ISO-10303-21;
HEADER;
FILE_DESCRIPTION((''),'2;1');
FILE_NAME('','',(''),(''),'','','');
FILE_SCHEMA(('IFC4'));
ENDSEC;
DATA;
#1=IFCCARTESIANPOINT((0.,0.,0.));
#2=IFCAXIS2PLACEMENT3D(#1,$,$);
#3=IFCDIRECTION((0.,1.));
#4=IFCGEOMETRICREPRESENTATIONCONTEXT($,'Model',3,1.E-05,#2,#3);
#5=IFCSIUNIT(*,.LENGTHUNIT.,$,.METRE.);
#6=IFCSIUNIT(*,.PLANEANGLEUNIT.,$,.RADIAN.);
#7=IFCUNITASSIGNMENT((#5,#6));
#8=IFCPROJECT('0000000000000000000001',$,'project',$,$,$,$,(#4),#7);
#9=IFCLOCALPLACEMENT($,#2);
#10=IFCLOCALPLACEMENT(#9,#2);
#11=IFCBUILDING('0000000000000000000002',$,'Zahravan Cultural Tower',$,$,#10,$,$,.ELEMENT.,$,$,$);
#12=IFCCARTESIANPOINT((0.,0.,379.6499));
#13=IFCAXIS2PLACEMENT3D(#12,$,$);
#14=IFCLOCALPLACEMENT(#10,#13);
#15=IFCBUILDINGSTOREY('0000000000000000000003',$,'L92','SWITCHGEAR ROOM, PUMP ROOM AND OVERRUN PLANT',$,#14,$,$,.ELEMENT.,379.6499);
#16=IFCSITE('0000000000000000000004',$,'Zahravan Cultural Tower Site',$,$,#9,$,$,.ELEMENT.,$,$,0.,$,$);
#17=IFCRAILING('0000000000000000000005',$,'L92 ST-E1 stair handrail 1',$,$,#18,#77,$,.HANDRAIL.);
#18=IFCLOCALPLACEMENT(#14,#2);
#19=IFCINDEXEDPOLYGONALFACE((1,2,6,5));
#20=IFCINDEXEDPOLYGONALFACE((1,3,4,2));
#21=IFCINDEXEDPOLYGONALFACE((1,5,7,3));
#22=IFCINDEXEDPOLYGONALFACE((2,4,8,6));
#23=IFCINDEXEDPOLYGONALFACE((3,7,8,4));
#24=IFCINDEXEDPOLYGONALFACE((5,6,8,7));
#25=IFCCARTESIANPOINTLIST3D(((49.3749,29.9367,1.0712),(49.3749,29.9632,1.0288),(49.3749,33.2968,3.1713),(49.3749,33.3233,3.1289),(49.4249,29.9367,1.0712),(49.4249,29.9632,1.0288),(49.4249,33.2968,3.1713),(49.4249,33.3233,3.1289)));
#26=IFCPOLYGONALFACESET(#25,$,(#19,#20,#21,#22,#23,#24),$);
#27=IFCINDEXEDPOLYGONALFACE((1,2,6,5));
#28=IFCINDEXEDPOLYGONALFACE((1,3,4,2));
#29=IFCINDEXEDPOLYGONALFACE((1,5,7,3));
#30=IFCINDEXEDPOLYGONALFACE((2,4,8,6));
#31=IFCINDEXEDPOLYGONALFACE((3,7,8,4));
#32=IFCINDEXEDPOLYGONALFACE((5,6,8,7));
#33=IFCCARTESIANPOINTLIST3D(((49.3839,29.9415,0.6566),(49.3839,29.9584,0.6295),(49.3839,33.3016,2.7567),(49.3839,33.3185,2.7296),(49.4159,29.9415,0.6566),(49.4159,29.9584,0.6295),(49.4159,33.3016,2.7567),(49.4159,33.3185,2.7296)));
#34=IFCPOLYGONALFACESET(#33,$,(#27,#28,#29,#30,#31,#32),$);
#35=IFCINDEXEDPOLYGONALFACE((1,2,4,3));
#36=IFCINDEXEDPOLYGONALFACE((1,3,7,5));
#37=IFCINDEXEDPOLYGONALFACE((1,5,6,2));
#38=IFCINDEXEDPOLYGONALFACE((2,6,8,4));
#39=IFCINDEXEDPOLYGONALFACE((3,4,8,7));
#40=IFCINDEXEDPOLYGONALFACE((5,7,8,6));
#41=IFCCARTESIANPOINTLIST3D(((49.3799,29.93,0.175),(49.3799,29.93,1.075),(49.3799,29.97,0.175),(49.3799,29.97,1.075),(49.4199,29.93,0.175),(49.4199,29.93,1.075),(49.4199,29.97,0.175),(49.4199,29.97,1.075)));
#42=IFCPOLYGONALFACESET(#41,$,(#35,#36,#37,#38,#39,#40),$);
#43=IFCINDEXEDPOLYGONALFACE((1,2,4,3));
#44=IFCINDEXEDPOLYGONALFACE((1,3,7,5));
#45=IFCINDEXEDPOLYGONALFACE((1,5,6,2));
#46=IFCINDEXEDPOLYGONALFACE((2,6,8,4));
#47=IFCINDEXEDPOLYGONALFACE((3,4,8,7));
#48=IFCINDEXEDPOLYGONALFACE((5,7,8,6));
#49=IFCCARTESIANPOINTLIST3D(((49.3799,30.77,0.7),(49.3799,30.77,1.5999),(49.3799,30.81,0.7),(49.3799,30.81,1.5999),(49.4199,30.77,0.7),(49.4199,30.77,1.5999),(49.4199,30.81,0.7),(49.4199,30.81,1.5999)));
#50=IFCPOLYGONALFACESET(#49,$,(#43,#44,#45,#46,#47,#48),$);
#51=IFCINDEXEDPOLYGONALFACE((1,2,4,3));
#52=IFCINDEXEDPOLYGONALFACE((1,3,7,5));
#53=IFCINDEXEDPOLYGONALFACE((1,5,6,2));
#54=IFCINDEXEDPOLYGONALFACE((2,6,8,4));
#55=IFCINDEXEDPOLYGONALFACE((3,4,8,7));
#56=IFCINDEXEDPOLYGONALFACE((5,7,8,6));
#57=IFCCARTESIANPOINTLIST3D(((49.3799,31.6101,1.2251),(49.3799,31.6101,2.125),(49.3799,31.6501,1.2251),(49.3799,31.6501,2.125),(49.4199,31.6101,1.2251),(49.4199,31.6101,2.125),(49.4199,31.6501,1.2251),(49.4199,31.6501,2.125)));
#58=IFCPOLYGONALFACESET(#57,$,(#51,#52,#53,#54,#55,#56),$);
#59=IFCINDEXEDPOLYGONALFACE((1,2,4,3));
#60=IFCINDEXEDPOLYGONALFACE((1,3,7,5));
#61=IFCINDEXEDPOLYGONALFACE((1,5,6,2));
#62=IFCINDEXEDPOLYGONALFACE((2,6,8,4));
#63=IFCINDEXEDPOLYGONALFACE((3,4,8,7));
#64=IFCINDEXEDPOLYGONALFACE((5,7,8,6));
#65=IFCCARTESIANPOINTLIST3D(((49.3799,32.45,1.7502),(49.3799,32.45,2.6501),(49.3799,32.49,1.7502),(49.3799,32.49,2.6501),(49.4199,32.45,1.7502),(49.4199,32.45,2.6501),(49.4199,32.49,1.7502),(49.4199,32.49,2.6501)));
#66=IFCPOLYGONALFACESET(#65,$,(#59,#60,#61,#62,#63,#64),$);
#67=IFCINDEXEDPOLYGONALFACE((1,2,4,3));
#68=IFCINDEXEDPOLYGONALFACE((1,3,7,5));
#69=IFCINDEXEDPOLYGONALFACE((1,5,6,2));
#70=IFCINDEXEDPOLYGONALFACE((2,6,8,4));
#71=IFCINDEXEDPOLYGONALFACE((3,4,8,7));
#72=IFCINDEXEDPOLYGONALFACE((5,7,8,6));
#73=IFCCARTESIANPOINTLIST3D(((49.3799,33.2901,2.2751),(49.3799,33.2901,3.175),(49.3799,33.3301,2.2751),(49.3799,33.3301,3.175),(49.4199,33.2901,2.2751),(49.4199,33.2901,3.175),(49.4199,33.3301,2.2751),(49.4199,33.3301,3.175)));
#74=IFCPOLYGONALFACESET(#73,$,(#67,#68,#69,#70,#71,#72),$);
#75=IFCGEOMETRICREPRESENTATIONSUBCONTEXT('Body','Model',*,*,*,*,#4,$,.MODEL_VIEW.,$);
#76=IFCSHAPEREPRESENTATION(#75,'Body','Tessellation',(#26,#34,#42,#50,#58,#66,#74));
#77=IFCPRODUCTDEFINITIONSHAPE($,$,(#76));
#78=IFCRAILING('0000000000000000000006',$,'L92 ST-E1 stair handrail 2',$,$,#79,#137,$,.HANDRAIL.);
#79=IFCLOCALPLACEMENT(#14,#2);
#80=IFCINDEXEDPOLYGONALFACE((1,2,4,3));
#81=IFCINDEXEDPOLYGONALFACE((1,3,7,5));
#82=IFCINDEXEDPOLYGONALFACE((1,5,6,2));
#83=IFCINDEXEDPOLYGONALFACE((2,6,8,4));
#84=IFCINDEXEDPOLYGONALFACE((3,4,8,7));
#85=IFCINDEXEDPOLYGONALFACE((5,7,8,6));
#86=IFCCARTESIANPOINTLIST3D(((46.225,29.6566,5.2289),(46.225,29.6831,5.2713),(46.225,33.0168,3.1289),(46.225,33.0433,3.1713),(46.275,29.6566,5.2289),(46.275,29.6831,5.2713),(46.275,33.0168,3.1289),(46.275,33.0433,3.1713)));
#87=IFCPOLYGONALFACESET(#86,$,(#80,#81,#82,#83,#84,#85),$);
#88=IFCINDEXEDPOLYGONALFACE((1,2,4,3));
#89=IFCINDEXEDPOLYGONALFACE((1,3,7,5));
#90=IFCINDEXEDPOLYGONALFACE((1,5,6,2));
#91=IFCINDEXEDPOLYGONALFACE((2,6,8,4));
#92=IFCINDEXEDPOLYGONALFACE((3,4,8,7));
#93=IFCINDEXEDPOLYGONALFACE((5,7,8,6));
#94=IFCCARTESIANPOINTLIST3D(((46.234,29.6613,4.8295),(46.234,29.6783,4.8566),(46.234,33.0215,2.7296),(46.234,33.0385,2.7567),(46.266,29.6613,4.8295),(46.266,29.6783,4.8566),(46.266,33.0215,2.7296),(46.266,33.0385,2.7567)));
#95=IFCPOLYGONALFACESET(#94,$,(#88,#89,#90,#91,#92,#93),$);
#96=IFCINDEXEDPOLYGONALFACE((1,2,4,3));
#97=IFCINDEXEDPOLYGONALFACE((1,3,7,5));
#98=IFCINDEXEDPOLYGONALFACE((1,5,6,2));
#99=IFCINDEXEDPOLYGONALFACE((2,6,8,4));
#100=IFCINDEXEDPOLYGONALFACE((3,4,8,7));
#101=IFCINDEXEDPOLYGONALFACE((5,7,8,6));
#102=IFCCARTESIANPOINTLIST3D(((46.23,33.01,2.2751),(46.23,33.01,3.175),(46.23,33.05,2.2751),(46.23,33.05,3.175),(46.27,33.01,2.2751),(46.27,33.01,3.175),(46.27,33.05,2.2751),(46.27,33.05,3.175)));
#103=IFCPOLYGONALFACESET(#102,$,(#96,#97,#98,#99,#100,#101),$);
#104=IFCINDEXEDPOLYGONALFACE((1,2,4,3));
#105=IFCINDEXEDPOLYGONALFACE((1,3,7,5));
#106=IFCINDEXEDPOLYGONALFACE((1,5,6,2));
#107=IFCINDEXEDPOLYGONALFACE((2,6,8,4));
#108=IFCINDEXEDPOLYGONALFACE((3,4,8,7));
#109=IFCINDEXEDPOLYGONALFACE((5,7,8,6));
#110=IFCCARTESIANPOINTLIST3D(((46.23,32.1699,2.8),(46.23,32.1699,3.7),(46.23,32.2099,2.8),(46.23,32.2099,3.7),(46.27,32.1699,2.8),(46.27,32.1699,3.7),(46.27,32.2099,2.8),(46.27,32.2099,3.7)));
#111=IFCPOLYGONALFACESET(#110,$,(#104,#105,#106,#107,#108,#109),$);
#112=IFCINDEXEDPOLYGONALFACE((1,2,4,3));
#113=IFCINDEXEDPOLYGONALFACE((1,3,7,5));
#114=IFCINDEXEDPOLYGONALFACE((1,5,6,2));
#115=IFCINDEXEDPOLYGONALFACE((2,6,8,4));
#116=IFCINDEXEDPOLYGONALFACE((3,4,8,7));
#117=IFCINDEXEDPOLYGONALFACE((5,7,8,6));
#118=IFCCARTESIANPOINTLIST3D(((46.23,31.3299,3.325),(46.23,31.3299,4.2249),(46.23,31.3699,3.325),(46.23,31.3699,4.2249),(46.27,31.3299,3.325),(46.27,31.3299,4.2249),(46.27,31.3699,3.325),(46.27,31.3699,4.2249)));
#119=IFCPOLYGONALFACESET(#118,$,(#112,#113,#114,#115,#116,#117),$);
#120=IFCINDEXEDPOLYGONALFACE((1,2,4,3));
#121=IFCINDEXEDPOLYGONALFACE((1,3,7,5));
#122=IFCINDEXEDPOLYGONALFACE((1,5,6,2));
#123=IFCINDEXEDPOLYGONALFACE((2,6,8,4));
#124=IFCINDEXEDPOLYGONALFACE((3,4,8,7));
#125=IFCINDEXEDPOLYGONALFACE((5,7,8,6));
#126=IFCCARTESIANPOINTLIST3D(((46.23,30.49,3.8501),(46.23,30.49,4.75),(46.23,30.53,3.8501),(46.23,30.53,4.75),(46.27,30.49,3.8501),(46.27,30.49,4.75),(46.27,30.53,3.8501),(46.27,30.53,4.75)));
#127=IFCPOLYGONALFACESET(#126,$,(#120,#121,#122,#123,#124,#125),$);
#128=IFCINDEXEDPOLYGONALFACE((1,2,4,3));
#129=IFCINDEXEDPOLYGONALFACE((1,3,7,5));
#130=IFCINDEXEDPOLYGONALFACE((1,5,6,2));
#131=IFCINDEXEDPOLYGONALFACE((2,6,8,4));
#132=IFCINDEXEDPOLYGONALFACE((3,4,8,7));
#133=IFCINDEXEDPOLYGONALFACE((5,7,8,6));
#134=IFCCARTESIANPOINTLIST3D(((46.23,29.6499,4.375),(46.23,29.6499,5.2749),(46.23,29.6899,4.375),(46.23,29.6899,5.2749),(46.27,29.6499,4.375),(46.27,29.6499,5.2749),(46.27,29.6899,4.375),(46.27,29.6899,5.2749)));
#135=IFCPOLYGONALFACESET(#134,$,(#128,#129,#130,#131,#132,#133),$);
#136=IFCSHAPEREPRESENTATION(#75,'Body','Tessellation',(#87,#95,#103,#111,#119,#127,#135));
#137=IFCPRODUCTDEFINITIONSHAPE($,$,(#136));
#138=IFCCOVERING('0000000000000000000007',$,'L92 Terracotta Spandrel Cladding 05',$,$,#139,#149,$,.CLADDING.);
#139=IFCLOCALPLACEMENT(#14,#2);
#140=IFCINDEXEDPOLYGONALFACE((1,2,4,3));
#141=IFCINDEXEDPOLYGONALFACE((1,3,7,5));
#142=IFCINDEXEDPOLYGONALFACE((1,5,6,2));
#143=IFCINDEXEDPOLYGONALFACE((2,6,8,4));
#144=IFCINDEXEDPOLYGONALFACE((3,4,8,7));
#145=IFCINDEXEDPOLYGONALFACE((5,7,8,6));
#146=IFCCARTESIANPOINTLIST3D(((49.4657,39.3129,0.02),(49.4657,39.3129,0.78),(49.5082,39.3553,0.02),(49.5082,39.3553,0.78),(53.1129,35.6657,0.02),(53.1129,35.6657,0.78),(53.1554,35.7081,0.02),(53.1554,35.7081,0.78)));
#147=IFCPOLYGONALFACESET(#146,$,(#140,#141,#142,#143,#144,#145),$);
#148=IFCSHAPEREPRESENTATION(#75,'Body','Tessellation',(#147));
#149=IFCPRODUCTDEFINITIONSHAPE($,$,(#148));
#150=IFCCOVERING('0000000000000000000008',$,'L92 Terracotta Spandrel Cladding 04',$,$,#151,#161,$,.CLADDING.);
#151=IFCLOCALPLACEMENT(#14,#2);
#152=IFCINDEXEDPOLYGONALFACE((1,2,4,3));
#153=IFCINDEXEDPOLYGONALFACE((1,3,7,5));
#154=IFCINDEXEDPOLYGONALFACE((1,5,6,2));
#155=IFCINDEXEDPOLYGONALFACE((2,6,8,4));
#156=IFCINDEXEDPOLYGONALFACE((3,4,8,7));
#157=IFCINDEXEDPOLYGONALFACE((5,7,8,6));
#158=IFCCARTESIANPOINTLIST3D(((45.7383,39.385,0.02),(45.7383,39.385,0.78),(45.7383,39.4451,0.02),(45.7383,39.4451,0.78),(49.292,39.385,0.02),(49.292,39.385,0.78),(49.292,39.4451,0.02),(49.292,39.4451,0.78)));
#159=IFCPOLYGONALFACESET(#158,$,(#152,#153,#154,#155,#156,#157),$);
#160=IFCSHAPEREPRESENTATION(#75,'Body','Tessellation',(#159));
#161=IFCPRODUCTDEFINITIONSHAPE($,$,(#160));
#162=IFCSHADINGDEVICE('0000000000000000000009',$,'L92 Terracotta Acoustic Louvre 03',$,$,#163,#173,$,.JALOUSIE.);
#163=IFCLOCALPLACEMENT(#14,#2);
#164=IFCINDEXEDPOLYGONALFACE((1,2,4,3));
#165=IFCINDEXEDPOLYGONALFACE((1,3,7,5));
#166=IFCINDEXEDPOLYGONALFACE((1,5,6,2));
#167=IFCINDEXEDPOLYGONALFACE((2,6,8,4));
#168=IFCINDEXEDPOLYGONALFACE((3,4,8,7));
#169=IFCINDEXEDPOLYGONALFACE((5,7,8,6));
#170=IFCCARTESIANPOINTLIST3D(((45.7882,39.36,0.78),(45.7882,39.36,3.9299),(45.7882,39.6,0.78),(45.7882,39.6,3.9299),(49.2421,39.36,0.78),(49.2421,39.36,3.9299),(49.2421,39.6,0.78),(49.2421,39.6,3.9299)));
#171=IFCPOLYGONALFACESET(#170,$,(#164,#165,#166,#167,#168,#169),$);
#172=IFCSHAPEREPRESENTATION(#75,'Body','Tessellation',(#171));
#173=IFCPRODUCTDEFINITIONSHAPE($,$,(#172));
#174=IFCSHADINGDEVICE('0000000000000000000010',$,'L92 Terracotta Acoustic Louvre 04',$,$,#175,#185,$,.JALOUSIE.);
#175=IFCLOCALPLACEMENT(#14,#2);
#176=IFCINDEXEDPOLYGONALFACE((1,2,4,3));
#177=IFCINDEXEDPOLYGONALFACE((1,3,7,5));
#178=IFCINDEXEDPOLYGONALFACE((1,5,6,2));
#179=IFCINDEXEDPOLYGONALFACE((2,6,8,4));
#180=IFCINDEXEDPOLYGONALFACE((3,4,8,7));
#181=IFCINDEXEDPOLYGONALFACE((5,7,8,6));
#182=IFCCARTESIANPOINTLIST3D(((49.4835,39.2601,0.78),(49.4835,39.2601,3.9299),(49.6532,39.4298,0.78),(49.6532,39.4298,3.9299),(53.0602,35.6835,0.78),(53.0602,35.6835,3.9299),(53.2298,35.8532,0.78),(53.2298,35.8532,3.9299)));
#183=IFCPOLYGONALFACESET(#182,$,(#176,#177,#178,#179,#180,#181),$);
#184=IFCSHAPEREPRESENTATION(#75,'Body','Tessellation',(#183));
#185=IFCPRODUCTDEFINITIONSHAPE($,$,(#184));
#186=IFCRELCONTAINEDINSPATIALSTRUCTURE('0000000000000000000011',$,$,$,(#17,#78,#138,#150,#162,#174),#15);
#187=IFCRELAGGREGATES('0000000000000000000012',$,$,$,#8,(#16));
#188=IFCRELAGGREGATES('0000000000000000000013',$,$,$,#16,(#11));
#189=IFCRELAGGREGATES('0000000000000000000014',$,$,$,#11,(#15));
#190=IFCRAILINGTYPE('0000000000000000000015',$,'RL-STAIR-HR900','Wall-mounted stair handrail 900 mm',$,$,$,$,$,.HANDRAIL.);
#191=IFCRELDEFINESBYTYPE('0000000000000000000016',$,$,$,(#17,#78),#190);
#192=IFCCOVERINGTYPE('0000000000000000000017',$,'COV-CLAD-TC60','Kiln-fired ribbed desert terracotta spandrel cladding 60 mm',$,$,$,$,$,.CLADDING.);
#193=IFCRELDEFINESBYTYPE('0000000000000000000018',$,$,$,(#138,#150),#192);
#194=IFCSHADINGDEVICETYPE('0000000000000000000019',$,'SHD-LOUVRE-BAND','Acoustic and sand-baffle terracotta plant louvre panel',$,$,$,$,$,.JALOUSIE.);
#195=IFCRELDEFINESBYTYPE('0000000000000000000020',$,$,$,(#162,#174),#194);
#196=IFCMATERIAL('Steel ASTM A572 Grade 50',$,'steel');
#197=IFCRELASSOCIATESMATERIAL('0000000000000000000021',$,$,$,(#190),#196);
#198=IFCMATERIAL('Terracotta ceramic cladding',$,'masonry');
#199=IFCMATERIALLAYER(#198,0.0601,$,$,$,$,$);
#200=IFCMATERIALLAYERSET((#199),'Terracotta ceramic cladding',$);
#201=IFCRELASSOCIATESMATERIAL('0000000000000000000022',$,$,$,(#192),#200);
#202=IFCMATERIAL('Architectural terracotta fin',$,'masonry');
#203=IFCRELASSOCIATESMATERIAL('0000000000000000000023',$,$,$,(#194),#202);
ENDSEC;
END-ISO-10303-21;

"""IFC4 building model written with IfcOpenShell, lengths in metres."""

from ifc_helpers import new_model, si_unit, direction, frame, origin, origin_2d, place, context, subcontext, project, spatial, rectangle, extrude, source, transform, mapped, material, layer, layer_set, type_object, element, save


model = new_model("IFC4")

# Units and contexts
model_context = context("Model", 3, precision=1e-05, world=origin(), true_north=direction((0.0, 1.0)))
body_context = subcontext(model_context, "Body", "Model", "MODEL_VIEW")
ifc_project = project(units=[si_unit("LENGTHUNIT", "METRE"), si_unit("PLANEANGLEUNIT", "RADIAN")], contexts=[model_context])

# Site, building, storey
site_placement = place(None, origin())
site = spatial("IfcSite", under=ifc_project, at=site_placement, Name="Zahravan Cultural Tower Site", CompositionType="ELEMENT", RefElevation=0.0)
building_placement = place(site_placement, origin())
building = spatial("IfcBuilding", under=site, at=building_placement, Name="Zahravan Cultural Tower", CompositionType="ELEMENT")
storey_placement = place(building_placement, frame((0.0, 0.0, 379.6499)))
storey = spatial("IfcBuildingStorey", under=building, at=storey_placement, Name="L92", Description="SWITCHGEAR ROOM, PUMP ROOM AND OVERRUN PLANT", CompositionType="ELEMENT", Elevation=379.6499)

# Railings
ifc_material_1 = material(Name="Steel ASTM A572 Grade 50", Category="steel")
railing_type_1 = type_object("IfcRailingType", Name="RL-STAIR-HR900", Description="Wall-mounted stair handrail 900 mm", PredefinedType="HANDRAIL", material=ifc_material_1)
railing_1_placement = place(storey_placement, frame((49.3999, 29.95, 0.175)))
element("IfcRailing", 1, at=railing_1_placement, inside=storey, type_object=railing_type_1, Name="L92 ST-E1 stair handrail 1", PredefinedType="HANDRAIL", context=body_context, shape_type="SweptSolid", body=[
    extrude(rectangle(XDim=0.05, YDim=0.05, at=origin_2d()), frame((0.0, 0.0, 0.875), z_axis=(0.0, 0.847995, 0.530004), x_axis=(-1.0, 0.0, 0.0)), (0.0, 0.0, 1.0), 3.9624),
    extrude(rectangle(XDim=0.032, YDim=0.032, at=origin_2d()), frame((0.0, 0.0, 0.468), z_axis=(0.0, 0.847995, 0.530004), x_axis=(-1.0, 0.0, 0.0)), (0.0, 0.0, 1.0), 3.9624),
    extrude(rectangle(XDim=0.04, YDim=0.04, at=origin_2d()), origin(), (0.0, 0.0, 1.0), 0.8999),
    extrude(rectangle(XDim=0.04, YDim=0.04, at=origin_2d()), frame((0.0, 0.8401, 0.5249)), (0.0, 0.0, 1.0), 0.8999),
    extrude(rectangle(XDim=0.04, YDim=0.04, at=origin_2d()), frame((0.0, 1.6802, 1.05)), (0.0, 0.0, 1.0), 0.8999),
    extrude(rectangle(XDim=0.04, YDim=0.04, at=origin_2d()), frame((0.0, 2.52, 1.5752)), (0.0, 0.0, 1.0), 0.8999),
    extrude(rectangle(XDim=0.04, YDim=0.04, at=origin_2d()), frame((0.0, 3.3601, 2.1001)), (0.0, 0.0, 1.0), 0.8999),
])
railing_2_placement = place(storey_placement, frame((46.25, 33.03, 2.2751)))
element("IfcRailing", 2, at=railing_2_placement, inside=storey, type_object=railing_type_1, Name="L92 ST-E1 stair handrail 2", PredefinedType="HANDRAIL", context=body_context, shape_type="SweptSolid", body=[
    extrude(rectangle(XDim=0.05, YDim=0.05, at=origin_2d()), frame((0.0, 0.0, 0.875), z_axis=(0.0, -0.848023, 0.52996), x_axis=(1.0, 0.0, 0.0)), (0.0, 0.0, 1.0), 3.9624),
    extrude(rectangle(XDim=0.032, YDim=0.032, at=origin_2d()), frame((0.0, 0.0, 0.468), z_axis=(0.0, -0.848023, 0.52996), x_axis=(1.0, 0.0, 0.0)), (0.0, 0.0, 1.0), 3.9624),
    extrude(rectangle(XDim=0.04, YDim=0.04, at=origin_2d()), origin(), (0.0, 0.0, 1.0), 0.8999),
    extrude(rectangle(XDim=0.04, YDim=0.04, at=origin_2d()), frame((0.0, -0.8401, 0.5249)), (0.0, 0.0, 1.0), 0.8999),
    extrude(rectangle(XDim=0.04, YDim=0.04, at=origin_2d()), frame((0.0, -1.6802, 1.0498)), (0.0, 0.0, 1.0), 0.8999),
    extrude(rectangle(XDim=0.04, YDim=0.04, at=origin_2d()), frame((0.0, -2.52, 1.575)), (0.0, 0.0, 1.0), 0.8999),
    extrude(rectangle(XDim=0.04, YDim=0.04, at=origin_2d()), frame((0.0, -3.3601, 2.0999)), (0.0, 0.0, 1.0), 0.8999),
])

# Coverings
ifc_material_2 = material(Name="Terracotta ceramic cladding", Category="masonry")
ifc_layer_1 = layer(ifc_material_2, 0.0601)
ifc_layer_set_1 = layer_set([ifc_layer_1], Name="Terracotta ceramic cladding")
covering_type = type_object("IfcCoveringType", Name="COV-CLAD-TC60", Description="Kiln-fired ribbed desert terracotta spandrel cladding 60 mm", PredefinedType="CLADDING", material=ifc_layer_set_1)
shared_shape_1 = source(origin(), body_context, "Body", "SweptSolid", [
    extrude(rectangle(XDim=5.158, YDim=0.0601, at=origin_2d()), origin(), (0.0, 0.0, 1.0), 0.76),
])
covering_1_placement = place(storey_placement, frame((51.3105, 37.5105, 0.02), z_axis=(0.0, 0.0, 1.0), x_axis=(0.707107, -0.707107, 0.0)))
element("IfcCovering", 3, at=covering_1_placement, inside=storey, type_object=covering_type, Name="L92 Terracotta Spandrel Cladding 05", PredefinedType="CLADDING", context=body_context, shape_type="MappedRepresentation", body=[
    mapped(shared_shape_1, transform((0.0, 0.0, 0.0), x_axis=(1.0, 0.0, 0.0), y_axis=(0.0, 1.0, 0.0), z_axis=(0.0, 0.0, 1.0), scale=1.0)),
])
shared_shape_2 = source(origin(), body_context, "Body", "SweptSolid", [
    extrude(rectangle(XDim=3.5537, YDim=0.0601, at=origin_2d()), origin(), (0.0, 0.0, 1.0), 0.76),
])
covering_2_placement = place(storey_placement, frame((47.5151, 39.415, 0.02), z_axis=(0.0, 0.0, 1.0), x_axis=(1.0, 0.0, 0.0)))
element("IfcCovering", 4, at=covering_2_placement, inside=storey, type_object=covering_type, Name="L92 Terracotta Spandrel Cladding 04", PredefinedType="CLADDING", context=body_context, shape_type="MappedRepresentation", body=[
    mapped(shared_shape_2, transform((0.0, 0.0, 0.0), x_axis=(1.0, 0.0, 0.0), y_axis=(0.0, 1.0, 0.0), z_axis=(0.0, 0.0, 1.0), scale=1.0)),
])

# Shading devices
ifc_material_3 = material(Name="Architectural terracotta fin", Category="masonry")
shading_device_type = type_object("IfcShadingDeviceType", Name="SHD-LOUVRE-BAND", Description="Acoustic and sand-baffle terracotta plant louvre panel", PredefinedType="JALOUSIE", material=ifc_material_3)
shared_shape_3 = source(origin(), body_context, "Body", "SweptSolid", [
    extrude(rectangle(XDim=3.4539, YDim=0.24, at=origin_2d()), origin(), (0.0, 0.0, 1.0), 3.1499),
])
shading_device_1_placement = place(storey_placement, frame((47.5151, 39.48, 0.78), z_axis=(0.0, 0.0, 1.0), x_axis=(1.0, 0.0, 0.0)))
element("IfcShadingDevice", 5, at=shading_device_1_placement, inside=storey, type_object=shading_device_type, Name="L92 Terracotta Acoustic Louvre 03", PredefinedType="JALOUSIE", context=body_context, shape_type="MappedRepresentation", body=[
    mapped(shared_shape_3, transform((0.0, 0.0, 0.0), x_axis=(1.0, 0.0, 0.0), y_axis=(0.0, 1.0, 0.0), z_axis=(0.0, 0.0, 1.0), scale=1.0)),
])
shared_shape_4 = source(origin(), body_context, "Body", "SweptSolid", [
    extrude(rectangle(XDim=5.0581, YDim=0.24, at=origin_2d()), origin(), (0.0, 0.0, 1.0), 3.1499),
])
shading_device_2_placement = place(storey_placement, frame((51.3567, 37.5566, 0.78), z_axis=(0.0, 0.0, 1.0), x_axis=(0.707107, -0.707107, 0.0)))
element("IfcShadingDevice", 6, at=shading_device_2_placement, inside=storey, type_object=shading_device_type, Name="L92 Terracotta Acoustic Louvre 04", PredefinedType="JALOUSIE", context=body_context, shape_type="MappedRepresentation", body=[
    mapped(shared_shape_4, transform((0.0, 0.0, 0.0), x_axis=(1.0, 0.0, 0.0), y_axis=(0.0, 1.0, 0.0), z_axis=(0.0, 0.0, 1.0), scale=1.0)),
])

save(model, "model.ifc")
